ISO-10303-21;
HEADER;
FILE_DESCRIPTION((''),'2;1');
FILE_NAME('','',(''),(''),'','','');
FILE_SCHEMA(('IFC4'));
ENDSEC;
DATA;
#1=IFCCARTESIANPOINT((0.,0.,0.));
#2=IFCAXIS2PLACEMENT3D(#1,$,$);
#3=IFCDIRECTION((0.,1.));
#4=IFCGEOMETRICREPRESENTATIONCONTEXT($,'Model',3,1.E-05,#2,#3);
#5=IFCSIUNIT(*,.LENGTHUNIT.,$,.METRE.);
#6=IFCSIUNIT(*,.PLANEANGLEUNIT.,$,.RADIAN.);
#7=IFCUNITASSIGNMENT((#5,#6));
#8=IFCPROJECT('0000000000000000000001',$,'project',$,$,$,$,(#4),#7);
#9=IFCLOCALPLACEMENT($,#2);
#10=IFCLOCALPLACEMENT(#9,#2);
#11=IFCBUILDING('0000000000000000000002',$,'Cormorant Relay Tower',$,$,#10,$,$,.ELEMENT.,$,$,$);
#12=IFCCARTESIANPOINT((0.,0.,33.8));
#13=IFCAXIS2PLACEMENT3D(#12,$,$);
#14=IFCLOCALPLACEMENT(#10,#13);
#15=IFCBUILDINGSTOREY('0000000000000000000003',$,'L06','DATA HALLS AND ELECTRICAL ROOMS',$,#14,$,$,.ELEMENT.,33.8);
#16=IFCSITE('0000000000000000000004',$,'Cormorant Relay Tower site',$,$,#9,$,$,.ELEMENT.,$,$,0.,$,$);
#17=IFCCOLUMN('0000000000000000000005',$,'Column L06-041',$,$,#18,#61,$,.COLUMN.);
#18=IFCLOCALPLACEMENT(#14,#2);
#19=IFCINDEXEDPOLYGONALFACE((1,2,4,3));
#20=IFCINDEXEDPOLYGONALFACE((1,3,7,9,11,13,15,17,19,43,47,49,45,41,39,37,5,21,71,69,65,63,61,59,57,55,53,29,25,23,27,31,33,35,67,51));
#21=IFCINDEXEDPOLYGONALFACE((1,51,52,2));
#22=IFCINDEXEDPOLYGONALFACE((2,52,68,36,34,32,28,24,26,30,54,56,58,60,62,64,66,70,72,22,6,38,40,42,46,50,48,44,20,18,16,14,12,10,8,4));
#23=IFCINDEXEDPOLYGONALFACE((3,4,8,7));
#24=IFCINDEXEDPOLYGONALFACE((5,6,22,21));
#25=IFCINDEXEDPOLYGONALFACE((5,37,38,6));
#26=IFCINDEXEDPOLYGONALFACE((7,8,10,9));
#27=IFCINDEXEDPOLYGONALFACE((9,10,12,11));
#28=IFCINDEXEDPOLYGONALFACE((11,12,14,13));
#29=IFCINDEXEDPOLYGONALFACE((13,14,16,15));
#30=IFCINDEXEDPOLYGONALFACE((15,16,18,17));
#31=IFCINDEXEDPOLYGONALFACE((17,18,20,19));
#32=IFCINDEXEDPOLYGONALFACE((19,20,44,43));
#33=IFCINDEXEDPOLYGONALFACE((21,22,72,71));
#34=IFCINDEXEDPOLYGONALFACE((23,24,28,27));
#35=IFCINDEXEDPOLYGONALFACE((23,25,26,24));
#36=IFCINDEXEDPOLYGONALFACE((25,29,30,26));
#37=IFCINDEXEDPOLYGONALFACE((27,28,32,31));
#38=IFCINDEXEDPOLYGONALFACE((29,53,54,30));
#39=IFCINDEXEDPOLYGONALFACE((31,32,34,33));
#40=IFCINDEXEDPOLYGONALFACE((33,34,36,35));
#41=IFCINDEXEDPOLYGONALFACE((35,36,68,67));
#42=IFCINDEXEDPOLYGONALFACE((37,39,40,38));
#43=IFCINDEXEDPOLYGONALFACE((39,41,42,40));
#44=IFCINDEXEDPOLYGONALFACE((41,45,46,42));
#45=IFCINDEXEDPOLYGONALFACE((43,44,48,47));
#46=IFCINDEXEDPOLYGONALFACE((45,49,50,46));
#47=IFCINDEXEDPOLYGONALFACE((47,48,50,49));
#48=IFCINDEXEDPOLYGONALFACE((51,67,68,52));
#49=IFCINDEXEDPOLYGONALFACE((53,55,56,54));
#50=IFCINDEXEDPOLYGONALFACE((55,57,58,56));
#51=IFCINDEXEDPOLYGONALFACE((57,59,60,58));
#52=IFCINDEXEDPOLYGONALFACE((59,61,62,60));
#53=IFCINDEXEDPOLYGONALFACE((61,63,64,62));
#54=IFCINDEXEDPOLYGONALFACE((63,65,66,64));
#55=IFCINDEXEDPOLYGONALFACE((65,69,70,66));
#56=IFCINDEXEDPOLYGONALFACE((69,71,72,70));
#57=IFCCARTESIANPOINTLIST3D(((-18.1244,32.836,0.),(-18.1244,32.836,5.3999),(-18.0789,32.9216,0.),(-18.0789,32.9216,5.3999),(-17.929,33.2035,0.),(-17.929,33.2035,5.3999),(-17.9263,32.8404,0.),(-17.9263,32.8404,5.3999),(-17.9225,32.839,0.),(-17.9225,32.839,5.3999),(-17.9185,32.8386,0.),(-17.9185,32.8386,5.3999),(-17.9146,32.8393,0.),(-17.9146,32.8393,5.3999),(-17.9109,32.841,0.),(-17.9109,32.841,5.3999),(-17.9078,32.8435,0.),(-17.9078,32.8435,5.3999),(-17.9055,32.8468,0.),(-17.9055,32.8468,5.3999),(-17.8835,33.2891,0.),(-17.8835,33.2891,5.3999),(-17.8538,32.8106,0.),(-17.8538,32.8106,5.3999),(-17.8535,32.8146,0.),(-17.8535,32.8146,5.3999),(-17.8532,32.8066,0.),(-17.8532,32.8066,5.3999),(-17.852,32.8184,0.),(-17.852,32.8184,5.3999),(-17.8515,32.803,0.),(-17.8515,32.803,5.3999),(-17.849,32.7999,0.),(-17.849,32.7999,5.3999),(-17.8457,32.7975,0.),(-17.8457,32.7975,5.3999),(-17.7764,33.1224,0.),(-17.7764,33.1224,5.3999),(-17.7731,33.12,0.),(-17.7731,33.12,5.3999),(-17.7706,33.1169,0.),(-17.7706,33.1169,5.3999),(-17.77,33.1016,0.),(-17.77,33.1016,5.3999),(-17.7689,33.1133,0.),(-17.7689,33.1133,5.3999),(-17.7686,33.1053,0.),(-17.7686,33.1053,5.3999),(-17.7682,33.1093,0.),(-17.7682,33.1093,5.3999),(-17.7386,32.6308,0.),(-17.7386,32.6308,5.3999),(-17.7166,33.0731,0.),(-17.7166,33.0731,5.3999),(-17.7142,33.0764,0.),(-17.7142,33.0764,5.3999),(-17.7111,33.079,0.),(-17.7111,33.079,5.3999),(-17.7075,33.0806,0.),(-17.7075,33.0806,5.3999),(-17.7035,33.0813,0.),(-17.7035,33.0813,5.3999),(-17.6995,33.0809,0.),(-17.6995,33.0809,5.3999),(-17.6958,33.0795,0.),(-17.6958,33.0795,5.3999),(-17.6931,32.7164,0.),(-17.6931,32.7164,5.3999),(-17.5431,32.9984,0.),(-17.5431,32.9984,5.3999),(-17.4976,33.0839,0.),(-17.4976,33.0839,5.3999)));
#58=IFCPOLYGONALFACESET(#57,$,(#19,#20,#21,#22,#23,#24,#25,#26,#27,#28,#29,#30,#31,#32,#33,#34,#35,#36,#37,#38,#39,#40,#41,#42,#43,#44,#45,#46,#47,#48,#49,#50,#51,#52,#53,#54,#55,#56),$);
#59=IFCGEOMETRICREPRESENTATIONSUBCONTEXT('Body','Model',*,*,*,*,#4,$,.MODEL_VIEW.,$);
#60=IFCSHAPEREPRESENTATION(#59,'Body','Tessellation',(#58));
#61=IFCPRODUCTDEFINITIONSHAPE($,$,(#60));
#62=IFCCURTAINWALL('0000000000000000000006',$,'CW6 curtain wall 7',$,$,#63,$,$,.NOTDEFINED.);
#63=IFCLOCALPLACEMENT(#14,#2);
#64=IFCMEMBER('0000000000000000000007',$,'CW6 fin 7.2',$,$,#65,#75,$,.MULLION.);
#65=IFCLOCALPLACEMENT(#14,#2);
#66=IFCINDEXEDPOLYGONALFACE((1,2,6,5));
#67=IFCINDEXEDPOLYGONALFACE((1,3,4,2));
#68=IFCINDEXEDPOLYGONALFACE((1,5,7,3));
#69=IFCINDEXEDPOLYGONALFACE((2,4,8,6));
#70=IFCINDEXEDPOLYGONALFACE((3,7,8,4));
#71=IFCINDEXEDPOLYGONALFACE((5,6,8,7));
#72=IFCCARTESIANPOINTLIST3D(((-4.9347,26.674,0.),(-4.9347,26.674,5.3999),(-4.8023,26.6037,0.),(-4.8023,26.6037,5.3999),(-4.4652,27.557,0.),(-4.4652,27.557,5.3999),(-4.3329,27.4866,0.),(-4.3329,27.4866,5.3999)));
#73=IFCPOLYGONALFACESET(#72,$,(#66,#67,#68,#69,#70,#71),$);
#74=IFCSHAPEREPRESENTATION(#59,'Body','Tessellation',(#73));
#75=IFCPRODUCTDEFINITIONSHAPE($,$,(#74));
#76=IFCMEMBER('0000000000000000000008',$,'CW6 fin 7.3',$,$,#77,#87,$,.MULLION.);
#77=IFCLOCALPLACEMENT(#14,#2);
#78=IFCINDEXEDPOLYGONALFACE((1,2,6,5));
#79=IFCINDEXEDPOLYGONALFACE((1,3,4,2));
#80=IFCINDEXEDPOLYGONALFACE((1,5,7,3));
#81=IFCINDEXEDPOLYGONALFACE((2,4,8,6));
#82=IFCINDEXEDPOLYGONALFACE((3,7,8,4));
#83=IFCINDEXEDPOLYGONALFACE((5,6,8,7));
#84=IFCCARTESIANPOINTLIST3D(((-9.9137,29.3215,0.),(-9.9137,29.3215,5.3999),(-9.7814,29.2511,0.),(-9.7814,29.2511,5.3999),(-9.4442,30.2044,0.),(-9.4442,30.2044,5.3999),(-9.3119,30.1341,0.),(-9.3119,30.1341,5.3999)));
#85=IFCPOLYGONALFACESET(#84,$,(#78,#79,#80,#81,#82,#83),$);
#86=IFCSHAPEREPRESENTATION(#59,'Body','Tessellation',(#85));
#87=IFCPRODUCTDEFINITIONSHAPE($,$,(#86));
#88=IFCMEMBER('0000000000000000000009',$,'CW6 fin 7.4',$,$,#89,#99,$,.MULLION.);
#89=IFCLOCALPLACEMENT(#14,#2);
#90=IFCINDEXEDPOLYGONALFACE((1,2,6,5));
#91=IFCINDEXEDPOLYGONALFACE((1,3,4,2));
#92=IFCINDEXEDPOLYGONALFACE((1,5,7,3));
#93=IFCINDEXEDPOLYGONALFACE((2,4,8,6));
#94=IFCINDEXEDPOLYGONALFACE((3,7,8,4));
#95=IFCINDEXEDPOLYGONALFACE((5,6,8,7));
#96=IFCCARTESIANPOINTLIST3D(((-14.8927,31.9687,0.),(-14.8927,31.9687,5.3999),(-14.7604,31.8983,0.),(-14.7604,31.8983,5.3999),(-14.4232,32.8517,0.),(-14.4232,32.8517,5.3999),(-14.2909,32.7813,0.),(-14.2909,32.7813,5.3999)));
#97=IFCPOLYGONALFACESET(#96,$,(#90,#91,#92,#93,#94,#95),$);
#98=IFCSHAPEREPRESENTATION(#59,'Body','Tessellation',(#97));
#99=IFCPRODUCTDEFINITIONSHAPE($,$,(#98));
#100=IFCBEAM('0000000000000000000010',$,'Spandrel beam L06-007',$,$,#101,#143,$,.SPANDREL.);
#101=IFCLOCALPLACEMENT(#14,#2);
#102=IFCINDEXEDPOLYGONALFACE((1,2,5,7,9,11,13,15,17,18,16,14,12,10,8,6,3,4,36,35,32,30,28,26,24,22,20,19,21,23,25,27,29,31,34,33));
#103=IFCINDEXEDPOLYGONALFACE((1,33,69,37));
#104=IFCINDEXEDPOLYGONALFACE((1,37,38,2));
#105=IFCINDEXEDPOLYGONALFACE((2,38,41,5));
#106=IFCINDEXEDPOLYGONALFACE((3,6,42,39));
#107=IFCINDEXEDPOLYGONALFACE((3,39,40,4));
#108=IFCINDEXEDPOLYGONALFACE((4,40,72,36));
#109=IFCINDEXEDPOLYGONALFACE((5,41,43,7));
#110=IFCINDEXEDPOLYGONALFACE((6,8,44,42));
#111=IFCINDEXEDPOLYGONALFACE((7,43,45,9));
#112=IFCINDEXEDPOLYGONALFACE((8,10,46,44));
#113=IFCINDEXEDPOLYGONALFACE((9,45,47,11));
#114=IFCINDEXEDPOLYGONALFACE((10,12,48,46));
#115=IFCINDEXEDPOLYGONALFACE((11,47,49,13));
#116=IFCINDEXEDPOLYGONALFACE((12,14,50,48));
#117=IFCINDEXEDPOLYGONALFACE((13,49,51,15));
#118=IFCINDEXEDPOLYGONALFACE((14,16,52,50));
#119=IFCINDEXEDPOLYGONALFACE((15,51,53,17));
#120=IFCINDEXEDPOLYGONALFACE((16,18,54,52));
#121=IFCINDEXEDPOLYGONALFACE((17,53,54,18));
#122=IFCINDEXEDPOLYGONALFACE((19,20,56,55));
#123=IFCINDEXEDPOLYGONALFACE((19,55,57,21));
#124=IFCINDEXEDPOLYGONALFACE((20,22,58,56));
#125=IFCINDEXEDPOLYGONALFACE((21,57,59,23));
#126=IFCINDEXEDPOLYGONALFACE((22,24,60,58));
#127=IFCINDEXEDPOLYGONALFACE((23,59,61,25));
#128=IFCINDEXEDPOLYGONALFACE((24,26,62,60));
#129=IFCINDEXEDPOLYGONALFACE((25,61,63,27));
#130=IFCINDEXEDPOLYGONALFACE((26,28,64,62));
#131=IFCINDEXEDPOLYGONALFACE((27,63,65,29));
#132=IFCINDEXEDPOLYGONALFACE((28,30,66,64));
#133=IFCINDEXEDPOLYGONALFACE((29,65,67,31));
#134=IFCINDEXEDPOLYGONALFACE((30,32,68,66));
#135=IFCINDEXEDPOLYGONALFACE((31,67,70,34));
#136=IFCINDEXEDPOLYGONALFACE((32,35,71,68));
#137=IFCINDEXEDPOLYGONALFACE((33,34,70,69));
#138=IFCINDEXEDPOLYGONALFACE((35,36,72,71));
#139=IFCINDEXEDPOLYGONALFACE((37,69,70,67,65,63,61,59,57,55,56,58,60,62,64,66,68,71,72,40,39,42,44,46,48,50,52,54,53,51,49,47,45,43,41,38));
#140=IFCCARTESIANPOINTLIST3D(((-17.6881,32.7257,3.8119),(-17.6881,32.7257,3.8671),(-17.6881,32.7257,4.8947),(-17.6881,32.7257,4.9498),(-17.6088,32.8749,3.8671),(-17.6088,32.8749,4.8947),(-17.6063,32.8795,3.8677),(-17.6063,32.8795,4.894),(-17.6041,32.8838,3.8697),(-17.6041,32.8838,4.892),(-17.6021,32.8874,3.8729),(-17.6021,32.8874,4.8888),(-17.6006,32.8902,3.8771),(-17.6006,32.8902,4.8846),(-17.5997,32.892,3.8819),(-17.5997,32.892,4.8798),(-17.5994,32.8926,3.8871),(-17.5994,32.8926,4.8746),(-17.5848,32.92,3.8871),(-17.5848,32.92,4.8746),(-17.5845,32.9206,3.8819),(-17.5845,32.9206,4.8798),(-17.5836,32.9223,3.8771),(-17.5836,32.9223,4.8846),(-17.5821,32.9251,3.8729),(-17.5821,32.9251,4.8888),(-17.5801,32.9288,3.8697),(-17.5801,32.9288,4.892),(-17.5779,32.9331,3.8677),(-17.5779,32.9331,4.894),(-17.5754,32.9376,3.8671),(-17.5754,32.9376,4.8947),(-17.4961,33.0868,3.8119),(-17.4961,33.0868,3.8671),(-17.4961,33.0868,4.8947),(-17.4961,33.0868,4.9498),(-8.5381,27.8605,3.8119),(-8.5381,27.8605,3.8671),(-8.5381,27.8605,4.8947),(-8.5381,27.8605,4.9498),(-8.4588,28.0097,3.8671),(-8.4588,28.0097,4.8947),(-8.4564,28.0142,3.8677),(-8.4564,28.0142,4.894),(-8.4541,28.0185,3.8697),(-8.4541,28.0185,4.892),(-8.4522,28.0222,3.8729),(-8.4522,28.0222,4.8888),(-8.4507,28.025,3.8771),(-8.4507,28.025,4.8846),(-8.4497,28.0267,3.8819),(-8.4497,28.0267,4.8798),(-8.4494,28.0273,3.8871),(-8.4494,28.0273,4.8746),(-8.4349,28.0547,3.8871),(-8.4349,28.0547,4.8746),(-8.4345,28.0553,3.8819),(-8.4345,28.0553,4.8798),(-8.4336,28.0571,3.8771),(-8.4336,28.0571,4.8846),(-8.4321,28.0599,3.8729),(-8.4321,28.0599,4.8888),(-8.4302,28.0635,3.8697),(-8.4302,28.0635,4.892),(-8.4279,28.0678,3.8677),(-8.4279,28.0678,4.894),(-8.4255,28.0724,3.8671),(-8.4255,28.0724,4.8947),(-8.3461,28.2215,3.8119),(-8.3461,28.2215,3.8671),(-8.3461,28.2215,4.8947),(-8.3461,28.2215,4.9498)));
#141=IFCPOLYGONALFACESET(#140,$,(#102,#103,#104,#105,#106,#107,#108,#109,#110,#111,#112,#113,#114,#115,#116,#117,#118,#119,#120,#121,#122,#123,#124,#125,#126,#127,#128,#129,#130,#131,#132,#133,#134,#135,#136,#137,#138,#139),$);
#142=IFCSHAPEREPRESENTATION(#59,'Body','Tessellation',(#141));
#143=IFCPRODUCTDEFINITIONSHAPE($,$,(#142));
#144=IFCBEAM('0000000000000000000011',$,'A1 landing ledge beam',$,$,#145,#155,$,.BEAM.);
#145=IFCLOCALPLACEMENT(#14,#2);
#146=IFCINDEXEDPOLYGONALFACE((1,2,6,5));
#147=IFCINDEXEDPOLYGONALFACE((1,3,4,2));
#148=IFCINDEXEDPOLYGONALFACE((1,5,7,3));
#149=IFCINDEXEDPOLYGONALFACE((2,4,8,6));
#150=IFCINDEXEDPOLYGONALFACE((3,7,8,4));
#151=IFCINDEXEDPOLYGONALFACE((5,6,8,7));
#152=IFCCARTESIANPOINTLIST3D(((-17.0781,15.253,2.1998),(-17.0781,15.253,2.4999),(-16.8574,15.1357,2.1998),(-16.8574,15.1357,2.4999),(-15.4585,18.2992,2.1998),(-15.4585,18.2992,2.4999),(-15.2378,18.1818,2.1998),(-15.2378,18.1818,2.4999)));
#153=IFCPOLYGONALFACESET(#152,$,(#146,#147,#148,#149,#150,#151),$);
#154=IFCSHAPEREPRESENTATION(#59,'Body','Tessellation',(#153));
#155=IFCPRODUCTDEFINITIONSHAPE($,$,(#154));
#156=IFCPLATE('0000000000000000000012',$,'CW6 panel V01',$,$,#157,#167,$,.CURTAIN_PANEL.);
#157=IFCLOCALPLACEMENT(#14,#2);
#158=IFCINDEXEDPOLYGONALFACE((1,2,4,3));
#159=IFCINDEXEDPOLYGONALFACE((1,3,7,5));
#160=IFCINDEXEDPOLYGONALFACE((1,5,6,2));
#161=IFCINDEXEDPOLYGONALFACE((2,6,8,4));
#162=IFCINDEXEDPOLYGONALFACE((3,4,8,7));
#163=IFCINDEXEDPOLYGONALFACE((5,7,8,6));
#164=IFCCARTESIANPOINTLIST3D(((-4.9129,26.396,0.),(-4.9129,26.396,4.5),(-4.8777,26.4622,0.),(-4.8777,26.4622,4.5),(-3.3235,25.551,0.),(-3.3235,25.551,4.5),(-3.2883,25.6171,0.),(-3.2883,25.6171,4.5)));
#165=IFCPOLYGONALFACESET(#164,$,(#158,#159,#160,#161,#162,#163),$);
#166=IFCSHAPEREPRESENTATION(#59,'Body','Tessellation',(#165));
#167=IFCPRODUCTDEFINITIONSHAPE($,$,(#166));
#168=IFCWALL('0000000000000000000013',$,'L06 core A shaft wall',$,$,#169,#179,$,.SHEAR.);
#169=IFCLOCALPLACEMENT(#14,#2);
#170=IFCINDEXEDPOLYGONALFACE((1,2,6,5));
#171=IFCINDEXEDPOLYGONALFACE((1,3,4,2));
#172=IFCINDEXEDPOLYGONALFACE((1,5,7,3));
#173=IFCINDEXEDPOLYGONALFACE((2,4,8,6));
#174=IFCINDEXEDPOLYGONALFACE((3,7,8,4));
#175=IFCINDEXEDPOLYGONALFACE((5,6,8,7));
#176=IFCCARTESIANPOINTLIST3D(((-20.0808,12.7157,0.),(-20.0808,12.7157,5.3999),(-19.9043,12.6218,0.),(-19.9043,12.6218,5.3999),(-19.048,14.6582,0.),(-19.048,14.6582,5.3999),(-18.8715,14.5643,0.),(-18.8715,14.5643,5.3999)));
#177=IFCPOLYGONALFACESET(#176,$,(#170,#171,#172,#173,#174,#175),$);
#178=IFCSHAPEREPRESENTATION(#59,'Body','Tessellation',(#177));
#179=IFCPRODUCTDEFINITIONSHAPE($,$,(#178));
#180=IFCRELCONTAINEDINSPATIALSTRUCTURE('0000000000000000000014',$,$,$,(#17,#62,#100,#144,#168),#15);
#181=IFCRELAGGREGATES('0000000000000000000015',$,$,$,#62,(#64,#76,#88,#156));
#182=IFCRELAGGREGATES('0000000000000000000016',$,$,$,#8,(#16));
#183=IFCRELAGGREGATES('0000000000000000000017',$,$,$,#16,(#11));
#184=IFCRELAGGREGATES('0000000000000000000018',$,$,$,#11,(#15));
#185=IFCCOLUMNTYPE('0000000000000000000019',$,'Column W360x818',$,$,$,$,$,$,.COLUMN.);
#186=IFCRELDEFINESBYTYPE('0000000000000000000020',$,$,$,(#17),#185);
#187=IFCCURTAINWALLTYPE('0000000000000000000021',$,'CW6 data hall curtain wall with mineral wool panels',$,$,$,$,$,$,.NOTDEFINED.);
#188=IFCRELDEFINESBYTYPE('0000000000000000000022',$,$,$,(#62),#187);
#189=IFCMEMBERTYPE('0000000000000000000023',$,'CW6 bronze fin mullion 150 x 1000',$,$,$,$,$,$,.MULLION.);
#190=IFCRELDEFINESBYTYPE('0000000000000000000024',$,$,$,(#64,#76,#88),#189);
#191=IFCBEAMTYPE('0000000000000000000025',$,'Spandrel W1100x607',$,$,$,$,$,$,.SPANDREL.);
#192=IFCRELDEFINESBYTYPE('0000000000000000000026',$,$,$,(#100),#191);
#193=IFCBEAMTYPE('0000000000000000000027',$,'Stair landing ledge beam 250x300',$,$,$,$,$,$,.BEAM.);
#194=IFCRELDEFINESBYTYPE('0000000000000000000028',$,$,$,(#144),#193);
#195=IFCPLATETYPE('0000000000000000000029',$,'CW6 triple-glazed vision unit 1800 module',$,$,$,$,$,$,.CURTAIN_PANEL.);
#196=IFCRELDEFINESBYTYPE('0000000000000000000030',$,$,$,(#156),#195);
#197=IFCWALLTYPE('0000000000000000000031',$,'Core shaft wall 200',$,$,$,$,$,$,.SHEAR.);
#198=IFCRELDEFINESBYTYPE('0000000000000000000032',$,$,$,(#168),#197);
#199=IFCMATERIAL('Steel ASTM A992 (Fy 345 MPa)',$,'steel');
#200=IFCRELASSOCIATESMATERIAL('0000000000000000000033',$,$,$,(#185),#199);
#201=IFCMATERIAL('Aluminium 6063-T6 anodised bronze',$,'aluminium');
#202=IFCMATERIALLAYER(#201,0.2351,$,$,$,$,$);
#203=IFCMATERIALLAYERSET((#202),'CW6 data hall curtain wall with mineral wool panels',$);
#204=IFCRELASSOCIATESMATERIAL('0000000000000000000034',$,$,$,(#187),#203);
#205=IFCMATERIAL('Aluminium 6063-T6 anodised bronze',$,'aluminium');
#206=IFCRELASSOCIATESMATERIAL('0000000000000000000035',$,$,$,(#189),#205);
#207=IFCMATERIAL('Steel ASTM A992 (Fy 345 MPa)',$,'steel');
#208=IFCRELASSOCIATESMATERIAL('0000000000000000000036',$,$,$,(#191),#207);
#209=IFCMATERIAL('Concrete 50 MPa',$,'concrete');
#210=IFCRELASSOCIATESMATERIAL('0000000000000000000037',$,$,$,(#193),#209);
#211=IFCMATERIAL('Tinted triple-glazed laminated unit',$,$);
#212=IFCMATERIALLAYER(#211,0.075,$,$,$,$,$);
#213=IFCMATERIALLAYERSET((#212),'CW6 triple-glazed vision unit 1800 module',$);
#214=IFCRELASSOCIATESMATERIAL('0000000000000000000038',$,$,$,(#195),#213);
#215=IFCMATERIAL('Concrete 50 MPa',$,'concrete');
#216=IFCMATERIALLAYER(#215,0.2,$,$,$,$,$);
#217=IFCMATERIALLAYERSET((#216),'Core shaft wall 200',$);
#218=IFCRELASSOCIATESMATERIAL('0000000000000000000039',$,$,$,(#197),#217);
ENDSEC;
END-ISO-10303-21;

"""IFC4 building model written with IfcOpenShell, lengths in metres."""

from ifc_helpers import new_model, si_unit, direction, frame, frame_2d, origin, origin_2d, place, context, subcontext, project, spatial, rectangle, i_section, extrude, material, layer, layer_set, material_profile, profile_set, type_object, element, aggregate, save


model = new_model("IFC4")

# Units and contexts
model_context = context("Model", 3, precision=1e-05, world=origin(), true_north=direction((0.0, 1.0)))
body_context = subcontext(model_context, "Body", "Model", "MODEL_VIEW")
ifc_project = project(units=[si_unit("LENGTHUNIT", "METRE"), si_unit("PLANEANGLEUNIT", "RADIAN")], contexts=[model_context])

# Site, building, storey
site_placement = place(None, origin())
site = spatial("IfcSite", under=ifc_project, at=site_placement, Name="Cormorant Relay Tower site", CompositionType="ELEMENT", RefElevation=0.0)
building_placement = place(site_placement, origin())
building = spatial("IfcBuilding", under=site, at=building_placement, Name="Cormorant Relay Tower", CompositionType="ELEMENT")
storey_placement = place(building_placement, frame((0.0, 0.0, 33.8)))
storey = spatial("IfcBuildingStorey", under=building, at=storey_placement, Name="L06", Description="DATA HALLS AND ELECTRICAL ROOMS", CompositionType="ELEMENT", Elevation=33.8)

# Column
ifc_material_1 = material(Name="Steel ASTM A992 (Fy 345 MPa)", Category="steel")
ifc_material_profile_1 = material_profile(ifc_material_1, i_section(OverallWidth=0.437, OverallDepth=0.5132, WebThickness=0.0605, FlangeThickness=0.0969, FilletRadius=0.0154, at=origin_2d()), Name="W360x818")
ifc_profile_set_1 = profile_set([ifc_material_profile_1], Name="Steel ASTM A992 (Fy 345 MPa)")
column_type_1 = type_object("IfcColumnType", Name="Column W360x818", PredefinedType="COLUMN", material=ifc_profile_set_1)
for number, where, z_axis, x_axis, name in (
    (1, (-17.811, 32.96, 0.0), (0.0, 0.0, 1.0), (-0.882948, 0.469472, 0.0), "Column L06-041"),
):
    element("IfcColumn", number, at=place(storey_placement, frame(where, z_axis=z_axis, x_axis=x_axis)), inside=storey, type_object=column_type_1, Name=name, PredefinedType="COLUMN", context=body_context, shape_type="SweptSolid", body=[
        extrude(i_section(OverallWidth=0.437, OverallDepth=0.5132, WebThickness=0.0605, FlangeThickness=0.0969, FilletRadius=0.0154, at=origin_2d()), origin(), (0.0, 0.0, 1.0), 5.3999),
    ])

# Curtain wall, members
ifc_material_2 = material(Name="Aluminium 6063-T6 anodised bronze", Category="aluminium")
ifc_layer_1 = layer(ifc_material_2, 0.2351)
ifc_layer_set_1 = layer_set([ifc_layer_1], Name="CW6 data hall curtain wall with mineral wool panels")
curtain_wall_type = type_object("IfcCurtainWallType", Name="CW6 data hall curtain wall with mineral wool panels", PredefinedType="NOTDEFINED", material=ifc_layer_set_1)
curtain_wall_placement = place(storey_placement, origin())
curtain_wall = element("IfcCurtainWall", 2, at=curtain_wall_placement, inside=storey, type_object=curtain_wall_type, Name="CW6 curtain wall 7", PredefinedType="NOTDEFINED")
ifc_material_3 = material(Name="Aluminium 6063-T6 anodised bronze", Category="aluminium")
ifc_material_profile_2 = material_profile(ifc_material_3, rectangle(XDim=0.1499, YDim=1.0, at=origin_2d()), Name="AL 150x1000")
ifc_profile_set_2 = profile_set([ifc_material_profile_2], Name="Aluminium 6063-T6 anodised bronze")
member_type = type_object("IfcMemberType", Name="CW6 bronze fin mullion 150 x 1000", PredefinedType="MULLION", material=ifc_profile_set_2)
member_1_placement = place(storey_placement, frame((-4.6338, 27.0803, 0.0), z_axis=(0.0, 0.0, 1.0), x_axis=(-0.882948, 0.469472, 0.0)))
member_1 = element("IfcMember", 3, at=member_1_placement, type_object=member_type, Name="CW6 fin 7.2", PredefinedType="MULLION", context=body_context, shape_type="SweptSolid", body=[
    extrude(rectangle(XDim=0.1499, YDim=1.0, at=origin_2d()), origin(), (0.0, 0.0, 1.0), 5.3999),
])
member_2_placement = place(storey_placement, frame((-9.6128, 29.7278, 0.0), z_axis=(0.0, 0.0, 1.0), x_axis=(-0.882948, 0.469472, 0.0)))
member_2 = element("IfcMember", 4, at=member_2_placement, type_object=member_type, Name="CW6 fin 7.3", PredefinedType="MULLION", context=body_context, shape_type="SweptSolid", body=[
    extrude(rectangle(XDim=0.1499, YDim=1.0, at=origin_2d()), origin(), (0.0, 0.0, 1.0), 5.3999),
])
member_3_placement = place(storey_placement, frame((-14.5918, 32.375, 0.0), z_axis=(0.0, 0.0, 1.0), x_axis=(-0.882948, 0.469472, 0.0)))
member_3 = element("IfcMember", 5, at=member_3_placement, type_object=member_type, Name="CW6 fin 7.4", PredefinedType="MULLION", context=body_context, shape_type="SweptSolid", body=[
    extrude(rectangle(XDim=0.1499, YDim=1.0, at=origin_2d()), origin(), (0.0, 0.0, 1.0), 5.3999),
])

# Beams
ifc_material_4 = material(Name="Steel ASTM A992 (Fy 345 MPa)", Category="steel")
ifc_material_profile_3 = material_profile(ifc_material_4, i_section(OverallWidth=0.4089, OverallDepth=1.1379, WebThickness=0.031, FlangeThickness=0.0552, FilletRadius=0.02, at=origin_2d()), Name="W1100x607")
ifc_profile_set_3 = profile_set([ifc_material_profile_3], Name="Steel ASTM A992 (Fy 345 MPa)")
beam_type_1 = type_object("IfcBeamType", Name="Spandrel W1100x607", PredefinedType="SPANDREL", material=ifc_profile_set_3)
beam_1_placement = place(storey_placement, frame((-8.4421, 28.041, 4.3809), z_axis=(-0.882942, 0.469482, 0.0), x_axis=(-0.469482, -0.882942, 0.0)))
element("IfcBeam", 6, at=beam_1_placement, inside=storey, type_object=beam_type_1, Name="Spandrel beam L06-007", PredefinedType="SPANDREL", context=body_context, shape_type="SweptSolid", body=[
    extrude(i_section(OverallWidth=0.4089, OverallDepth=1.1379, WebThickness=0.031, FlangeThickness=0.0552, FilletRadius=0.02, at=origin_2d()), origin(), (0.0, 0.0, 1.0), 10.363),
])
ifc_material_5 = material(Name="Concrete 50 MPa", Category="concrete")
ifc_material_profile_4 = material_profile(ifc_material_5, rectangle(XDim=0.25, YDim=0.3, at=origin_2d()), Name="RC 250x300")
ifc_profile_set_4 = profile_set([ifc_material_profile_4], Name="Concrete 50 MPa")
beam_type_2 = type_object("IfcBeamType", Name="Stair landing ledge beam 250x300", PredefinedType="BEAM", material=ifc_profile_set_4)
beam_2_placement = place(storey_placement, frame((-16.9678, 15.1943, 2.3499), z_axis=(0.469464, 0.882952, 0.0), x_axis=(-0.882952, 0.469464, 0.0)))
element("IfcBeam", 7, at=beam_2_placement, inside=storey, type_object=beam_type_2, Name="A1 landing ledge beam", PredefinedType="BEAM", context=body_context, shape_type="SweptSolid", body=[
    extrude(rectangle(XDim=0.25, YDim=0.3, at=origin_2d()), origin(), (0.0, 0.0, 1.0), 3.45),
])

# Plate
ifc_material_6 = material(Name="Tinted triple-glazed laminated unit")
ifc_layer_2 = layer(ifc_material_6, 0.075)
ifc_layer_set_2 = layer_set([ifc_layer_2], Name="CW6 triple-glazed vision unit 1800 module")
plate_type = type_object("IfcPlateType", Name="CW6 triple-glazed vision unit 1800 module", PredefinedType="CURTAIN_PANEL", material=ifc_layer_set_2)
plate_placement = place(storey_placement, frame((-4.1006, 26.0066, 0.0), z_axis=(0.0, 0.0, 1.0), x_axis=(-0.882948, 0.469472, 0.0)))
plate = element("IfcPlate", 8, at=plate_placement, type_object=plate_type, Name="CW6 panel V01", PredefinedType="CURTAIN_PANEL", context=body_context, shape_type="SweptSolid", body=[
    extrude(rectangle(XDim=1.8, YDim=0.075, at=origin_2d()), origin(), (0.0, 0.0, 1.0), 4.5),
])

# Wall
ifc_material_7 = material(Name="Concrete 50 MPa", Category="concrete")
ifc_layer_3 = layer(ifc_material_7, 0.2)
ifc_layer_set_3 = layer_set([ifc_layer_3], Name="Core shaft wall 200")
wall_type_1 = type_object("IfcWallType", Name="Core shaft wall 200", PredefinedType="SHEAR", material=ifc_layer_set_3)
wall_1_placement = place(storey_placement, frame((-18.9597, 14.6113, 0.0), z_axis=(0.0, 0.0, 1.0), x_axis=(-0.469447, -0.88296, 0.0)))
element("IfcWall", 9, at=wall_1_placement, inside=storey, type_object=wall_type_1, Name="L06 core A shaft wall", PredefinedType="SHEAR", context=body_context, shape_type="SweptSolid", body=[
    extrude(rectangle(XDim=2.2, YDim=0.2, at=frame_2d((1.1001, 0.0))), origin(), (0.0, 0.0, 1.0), 5.3999),
])

aggregate(curtain_wall, [member_1, member_2, member_3, plate])

save(model, "model.ifc")
